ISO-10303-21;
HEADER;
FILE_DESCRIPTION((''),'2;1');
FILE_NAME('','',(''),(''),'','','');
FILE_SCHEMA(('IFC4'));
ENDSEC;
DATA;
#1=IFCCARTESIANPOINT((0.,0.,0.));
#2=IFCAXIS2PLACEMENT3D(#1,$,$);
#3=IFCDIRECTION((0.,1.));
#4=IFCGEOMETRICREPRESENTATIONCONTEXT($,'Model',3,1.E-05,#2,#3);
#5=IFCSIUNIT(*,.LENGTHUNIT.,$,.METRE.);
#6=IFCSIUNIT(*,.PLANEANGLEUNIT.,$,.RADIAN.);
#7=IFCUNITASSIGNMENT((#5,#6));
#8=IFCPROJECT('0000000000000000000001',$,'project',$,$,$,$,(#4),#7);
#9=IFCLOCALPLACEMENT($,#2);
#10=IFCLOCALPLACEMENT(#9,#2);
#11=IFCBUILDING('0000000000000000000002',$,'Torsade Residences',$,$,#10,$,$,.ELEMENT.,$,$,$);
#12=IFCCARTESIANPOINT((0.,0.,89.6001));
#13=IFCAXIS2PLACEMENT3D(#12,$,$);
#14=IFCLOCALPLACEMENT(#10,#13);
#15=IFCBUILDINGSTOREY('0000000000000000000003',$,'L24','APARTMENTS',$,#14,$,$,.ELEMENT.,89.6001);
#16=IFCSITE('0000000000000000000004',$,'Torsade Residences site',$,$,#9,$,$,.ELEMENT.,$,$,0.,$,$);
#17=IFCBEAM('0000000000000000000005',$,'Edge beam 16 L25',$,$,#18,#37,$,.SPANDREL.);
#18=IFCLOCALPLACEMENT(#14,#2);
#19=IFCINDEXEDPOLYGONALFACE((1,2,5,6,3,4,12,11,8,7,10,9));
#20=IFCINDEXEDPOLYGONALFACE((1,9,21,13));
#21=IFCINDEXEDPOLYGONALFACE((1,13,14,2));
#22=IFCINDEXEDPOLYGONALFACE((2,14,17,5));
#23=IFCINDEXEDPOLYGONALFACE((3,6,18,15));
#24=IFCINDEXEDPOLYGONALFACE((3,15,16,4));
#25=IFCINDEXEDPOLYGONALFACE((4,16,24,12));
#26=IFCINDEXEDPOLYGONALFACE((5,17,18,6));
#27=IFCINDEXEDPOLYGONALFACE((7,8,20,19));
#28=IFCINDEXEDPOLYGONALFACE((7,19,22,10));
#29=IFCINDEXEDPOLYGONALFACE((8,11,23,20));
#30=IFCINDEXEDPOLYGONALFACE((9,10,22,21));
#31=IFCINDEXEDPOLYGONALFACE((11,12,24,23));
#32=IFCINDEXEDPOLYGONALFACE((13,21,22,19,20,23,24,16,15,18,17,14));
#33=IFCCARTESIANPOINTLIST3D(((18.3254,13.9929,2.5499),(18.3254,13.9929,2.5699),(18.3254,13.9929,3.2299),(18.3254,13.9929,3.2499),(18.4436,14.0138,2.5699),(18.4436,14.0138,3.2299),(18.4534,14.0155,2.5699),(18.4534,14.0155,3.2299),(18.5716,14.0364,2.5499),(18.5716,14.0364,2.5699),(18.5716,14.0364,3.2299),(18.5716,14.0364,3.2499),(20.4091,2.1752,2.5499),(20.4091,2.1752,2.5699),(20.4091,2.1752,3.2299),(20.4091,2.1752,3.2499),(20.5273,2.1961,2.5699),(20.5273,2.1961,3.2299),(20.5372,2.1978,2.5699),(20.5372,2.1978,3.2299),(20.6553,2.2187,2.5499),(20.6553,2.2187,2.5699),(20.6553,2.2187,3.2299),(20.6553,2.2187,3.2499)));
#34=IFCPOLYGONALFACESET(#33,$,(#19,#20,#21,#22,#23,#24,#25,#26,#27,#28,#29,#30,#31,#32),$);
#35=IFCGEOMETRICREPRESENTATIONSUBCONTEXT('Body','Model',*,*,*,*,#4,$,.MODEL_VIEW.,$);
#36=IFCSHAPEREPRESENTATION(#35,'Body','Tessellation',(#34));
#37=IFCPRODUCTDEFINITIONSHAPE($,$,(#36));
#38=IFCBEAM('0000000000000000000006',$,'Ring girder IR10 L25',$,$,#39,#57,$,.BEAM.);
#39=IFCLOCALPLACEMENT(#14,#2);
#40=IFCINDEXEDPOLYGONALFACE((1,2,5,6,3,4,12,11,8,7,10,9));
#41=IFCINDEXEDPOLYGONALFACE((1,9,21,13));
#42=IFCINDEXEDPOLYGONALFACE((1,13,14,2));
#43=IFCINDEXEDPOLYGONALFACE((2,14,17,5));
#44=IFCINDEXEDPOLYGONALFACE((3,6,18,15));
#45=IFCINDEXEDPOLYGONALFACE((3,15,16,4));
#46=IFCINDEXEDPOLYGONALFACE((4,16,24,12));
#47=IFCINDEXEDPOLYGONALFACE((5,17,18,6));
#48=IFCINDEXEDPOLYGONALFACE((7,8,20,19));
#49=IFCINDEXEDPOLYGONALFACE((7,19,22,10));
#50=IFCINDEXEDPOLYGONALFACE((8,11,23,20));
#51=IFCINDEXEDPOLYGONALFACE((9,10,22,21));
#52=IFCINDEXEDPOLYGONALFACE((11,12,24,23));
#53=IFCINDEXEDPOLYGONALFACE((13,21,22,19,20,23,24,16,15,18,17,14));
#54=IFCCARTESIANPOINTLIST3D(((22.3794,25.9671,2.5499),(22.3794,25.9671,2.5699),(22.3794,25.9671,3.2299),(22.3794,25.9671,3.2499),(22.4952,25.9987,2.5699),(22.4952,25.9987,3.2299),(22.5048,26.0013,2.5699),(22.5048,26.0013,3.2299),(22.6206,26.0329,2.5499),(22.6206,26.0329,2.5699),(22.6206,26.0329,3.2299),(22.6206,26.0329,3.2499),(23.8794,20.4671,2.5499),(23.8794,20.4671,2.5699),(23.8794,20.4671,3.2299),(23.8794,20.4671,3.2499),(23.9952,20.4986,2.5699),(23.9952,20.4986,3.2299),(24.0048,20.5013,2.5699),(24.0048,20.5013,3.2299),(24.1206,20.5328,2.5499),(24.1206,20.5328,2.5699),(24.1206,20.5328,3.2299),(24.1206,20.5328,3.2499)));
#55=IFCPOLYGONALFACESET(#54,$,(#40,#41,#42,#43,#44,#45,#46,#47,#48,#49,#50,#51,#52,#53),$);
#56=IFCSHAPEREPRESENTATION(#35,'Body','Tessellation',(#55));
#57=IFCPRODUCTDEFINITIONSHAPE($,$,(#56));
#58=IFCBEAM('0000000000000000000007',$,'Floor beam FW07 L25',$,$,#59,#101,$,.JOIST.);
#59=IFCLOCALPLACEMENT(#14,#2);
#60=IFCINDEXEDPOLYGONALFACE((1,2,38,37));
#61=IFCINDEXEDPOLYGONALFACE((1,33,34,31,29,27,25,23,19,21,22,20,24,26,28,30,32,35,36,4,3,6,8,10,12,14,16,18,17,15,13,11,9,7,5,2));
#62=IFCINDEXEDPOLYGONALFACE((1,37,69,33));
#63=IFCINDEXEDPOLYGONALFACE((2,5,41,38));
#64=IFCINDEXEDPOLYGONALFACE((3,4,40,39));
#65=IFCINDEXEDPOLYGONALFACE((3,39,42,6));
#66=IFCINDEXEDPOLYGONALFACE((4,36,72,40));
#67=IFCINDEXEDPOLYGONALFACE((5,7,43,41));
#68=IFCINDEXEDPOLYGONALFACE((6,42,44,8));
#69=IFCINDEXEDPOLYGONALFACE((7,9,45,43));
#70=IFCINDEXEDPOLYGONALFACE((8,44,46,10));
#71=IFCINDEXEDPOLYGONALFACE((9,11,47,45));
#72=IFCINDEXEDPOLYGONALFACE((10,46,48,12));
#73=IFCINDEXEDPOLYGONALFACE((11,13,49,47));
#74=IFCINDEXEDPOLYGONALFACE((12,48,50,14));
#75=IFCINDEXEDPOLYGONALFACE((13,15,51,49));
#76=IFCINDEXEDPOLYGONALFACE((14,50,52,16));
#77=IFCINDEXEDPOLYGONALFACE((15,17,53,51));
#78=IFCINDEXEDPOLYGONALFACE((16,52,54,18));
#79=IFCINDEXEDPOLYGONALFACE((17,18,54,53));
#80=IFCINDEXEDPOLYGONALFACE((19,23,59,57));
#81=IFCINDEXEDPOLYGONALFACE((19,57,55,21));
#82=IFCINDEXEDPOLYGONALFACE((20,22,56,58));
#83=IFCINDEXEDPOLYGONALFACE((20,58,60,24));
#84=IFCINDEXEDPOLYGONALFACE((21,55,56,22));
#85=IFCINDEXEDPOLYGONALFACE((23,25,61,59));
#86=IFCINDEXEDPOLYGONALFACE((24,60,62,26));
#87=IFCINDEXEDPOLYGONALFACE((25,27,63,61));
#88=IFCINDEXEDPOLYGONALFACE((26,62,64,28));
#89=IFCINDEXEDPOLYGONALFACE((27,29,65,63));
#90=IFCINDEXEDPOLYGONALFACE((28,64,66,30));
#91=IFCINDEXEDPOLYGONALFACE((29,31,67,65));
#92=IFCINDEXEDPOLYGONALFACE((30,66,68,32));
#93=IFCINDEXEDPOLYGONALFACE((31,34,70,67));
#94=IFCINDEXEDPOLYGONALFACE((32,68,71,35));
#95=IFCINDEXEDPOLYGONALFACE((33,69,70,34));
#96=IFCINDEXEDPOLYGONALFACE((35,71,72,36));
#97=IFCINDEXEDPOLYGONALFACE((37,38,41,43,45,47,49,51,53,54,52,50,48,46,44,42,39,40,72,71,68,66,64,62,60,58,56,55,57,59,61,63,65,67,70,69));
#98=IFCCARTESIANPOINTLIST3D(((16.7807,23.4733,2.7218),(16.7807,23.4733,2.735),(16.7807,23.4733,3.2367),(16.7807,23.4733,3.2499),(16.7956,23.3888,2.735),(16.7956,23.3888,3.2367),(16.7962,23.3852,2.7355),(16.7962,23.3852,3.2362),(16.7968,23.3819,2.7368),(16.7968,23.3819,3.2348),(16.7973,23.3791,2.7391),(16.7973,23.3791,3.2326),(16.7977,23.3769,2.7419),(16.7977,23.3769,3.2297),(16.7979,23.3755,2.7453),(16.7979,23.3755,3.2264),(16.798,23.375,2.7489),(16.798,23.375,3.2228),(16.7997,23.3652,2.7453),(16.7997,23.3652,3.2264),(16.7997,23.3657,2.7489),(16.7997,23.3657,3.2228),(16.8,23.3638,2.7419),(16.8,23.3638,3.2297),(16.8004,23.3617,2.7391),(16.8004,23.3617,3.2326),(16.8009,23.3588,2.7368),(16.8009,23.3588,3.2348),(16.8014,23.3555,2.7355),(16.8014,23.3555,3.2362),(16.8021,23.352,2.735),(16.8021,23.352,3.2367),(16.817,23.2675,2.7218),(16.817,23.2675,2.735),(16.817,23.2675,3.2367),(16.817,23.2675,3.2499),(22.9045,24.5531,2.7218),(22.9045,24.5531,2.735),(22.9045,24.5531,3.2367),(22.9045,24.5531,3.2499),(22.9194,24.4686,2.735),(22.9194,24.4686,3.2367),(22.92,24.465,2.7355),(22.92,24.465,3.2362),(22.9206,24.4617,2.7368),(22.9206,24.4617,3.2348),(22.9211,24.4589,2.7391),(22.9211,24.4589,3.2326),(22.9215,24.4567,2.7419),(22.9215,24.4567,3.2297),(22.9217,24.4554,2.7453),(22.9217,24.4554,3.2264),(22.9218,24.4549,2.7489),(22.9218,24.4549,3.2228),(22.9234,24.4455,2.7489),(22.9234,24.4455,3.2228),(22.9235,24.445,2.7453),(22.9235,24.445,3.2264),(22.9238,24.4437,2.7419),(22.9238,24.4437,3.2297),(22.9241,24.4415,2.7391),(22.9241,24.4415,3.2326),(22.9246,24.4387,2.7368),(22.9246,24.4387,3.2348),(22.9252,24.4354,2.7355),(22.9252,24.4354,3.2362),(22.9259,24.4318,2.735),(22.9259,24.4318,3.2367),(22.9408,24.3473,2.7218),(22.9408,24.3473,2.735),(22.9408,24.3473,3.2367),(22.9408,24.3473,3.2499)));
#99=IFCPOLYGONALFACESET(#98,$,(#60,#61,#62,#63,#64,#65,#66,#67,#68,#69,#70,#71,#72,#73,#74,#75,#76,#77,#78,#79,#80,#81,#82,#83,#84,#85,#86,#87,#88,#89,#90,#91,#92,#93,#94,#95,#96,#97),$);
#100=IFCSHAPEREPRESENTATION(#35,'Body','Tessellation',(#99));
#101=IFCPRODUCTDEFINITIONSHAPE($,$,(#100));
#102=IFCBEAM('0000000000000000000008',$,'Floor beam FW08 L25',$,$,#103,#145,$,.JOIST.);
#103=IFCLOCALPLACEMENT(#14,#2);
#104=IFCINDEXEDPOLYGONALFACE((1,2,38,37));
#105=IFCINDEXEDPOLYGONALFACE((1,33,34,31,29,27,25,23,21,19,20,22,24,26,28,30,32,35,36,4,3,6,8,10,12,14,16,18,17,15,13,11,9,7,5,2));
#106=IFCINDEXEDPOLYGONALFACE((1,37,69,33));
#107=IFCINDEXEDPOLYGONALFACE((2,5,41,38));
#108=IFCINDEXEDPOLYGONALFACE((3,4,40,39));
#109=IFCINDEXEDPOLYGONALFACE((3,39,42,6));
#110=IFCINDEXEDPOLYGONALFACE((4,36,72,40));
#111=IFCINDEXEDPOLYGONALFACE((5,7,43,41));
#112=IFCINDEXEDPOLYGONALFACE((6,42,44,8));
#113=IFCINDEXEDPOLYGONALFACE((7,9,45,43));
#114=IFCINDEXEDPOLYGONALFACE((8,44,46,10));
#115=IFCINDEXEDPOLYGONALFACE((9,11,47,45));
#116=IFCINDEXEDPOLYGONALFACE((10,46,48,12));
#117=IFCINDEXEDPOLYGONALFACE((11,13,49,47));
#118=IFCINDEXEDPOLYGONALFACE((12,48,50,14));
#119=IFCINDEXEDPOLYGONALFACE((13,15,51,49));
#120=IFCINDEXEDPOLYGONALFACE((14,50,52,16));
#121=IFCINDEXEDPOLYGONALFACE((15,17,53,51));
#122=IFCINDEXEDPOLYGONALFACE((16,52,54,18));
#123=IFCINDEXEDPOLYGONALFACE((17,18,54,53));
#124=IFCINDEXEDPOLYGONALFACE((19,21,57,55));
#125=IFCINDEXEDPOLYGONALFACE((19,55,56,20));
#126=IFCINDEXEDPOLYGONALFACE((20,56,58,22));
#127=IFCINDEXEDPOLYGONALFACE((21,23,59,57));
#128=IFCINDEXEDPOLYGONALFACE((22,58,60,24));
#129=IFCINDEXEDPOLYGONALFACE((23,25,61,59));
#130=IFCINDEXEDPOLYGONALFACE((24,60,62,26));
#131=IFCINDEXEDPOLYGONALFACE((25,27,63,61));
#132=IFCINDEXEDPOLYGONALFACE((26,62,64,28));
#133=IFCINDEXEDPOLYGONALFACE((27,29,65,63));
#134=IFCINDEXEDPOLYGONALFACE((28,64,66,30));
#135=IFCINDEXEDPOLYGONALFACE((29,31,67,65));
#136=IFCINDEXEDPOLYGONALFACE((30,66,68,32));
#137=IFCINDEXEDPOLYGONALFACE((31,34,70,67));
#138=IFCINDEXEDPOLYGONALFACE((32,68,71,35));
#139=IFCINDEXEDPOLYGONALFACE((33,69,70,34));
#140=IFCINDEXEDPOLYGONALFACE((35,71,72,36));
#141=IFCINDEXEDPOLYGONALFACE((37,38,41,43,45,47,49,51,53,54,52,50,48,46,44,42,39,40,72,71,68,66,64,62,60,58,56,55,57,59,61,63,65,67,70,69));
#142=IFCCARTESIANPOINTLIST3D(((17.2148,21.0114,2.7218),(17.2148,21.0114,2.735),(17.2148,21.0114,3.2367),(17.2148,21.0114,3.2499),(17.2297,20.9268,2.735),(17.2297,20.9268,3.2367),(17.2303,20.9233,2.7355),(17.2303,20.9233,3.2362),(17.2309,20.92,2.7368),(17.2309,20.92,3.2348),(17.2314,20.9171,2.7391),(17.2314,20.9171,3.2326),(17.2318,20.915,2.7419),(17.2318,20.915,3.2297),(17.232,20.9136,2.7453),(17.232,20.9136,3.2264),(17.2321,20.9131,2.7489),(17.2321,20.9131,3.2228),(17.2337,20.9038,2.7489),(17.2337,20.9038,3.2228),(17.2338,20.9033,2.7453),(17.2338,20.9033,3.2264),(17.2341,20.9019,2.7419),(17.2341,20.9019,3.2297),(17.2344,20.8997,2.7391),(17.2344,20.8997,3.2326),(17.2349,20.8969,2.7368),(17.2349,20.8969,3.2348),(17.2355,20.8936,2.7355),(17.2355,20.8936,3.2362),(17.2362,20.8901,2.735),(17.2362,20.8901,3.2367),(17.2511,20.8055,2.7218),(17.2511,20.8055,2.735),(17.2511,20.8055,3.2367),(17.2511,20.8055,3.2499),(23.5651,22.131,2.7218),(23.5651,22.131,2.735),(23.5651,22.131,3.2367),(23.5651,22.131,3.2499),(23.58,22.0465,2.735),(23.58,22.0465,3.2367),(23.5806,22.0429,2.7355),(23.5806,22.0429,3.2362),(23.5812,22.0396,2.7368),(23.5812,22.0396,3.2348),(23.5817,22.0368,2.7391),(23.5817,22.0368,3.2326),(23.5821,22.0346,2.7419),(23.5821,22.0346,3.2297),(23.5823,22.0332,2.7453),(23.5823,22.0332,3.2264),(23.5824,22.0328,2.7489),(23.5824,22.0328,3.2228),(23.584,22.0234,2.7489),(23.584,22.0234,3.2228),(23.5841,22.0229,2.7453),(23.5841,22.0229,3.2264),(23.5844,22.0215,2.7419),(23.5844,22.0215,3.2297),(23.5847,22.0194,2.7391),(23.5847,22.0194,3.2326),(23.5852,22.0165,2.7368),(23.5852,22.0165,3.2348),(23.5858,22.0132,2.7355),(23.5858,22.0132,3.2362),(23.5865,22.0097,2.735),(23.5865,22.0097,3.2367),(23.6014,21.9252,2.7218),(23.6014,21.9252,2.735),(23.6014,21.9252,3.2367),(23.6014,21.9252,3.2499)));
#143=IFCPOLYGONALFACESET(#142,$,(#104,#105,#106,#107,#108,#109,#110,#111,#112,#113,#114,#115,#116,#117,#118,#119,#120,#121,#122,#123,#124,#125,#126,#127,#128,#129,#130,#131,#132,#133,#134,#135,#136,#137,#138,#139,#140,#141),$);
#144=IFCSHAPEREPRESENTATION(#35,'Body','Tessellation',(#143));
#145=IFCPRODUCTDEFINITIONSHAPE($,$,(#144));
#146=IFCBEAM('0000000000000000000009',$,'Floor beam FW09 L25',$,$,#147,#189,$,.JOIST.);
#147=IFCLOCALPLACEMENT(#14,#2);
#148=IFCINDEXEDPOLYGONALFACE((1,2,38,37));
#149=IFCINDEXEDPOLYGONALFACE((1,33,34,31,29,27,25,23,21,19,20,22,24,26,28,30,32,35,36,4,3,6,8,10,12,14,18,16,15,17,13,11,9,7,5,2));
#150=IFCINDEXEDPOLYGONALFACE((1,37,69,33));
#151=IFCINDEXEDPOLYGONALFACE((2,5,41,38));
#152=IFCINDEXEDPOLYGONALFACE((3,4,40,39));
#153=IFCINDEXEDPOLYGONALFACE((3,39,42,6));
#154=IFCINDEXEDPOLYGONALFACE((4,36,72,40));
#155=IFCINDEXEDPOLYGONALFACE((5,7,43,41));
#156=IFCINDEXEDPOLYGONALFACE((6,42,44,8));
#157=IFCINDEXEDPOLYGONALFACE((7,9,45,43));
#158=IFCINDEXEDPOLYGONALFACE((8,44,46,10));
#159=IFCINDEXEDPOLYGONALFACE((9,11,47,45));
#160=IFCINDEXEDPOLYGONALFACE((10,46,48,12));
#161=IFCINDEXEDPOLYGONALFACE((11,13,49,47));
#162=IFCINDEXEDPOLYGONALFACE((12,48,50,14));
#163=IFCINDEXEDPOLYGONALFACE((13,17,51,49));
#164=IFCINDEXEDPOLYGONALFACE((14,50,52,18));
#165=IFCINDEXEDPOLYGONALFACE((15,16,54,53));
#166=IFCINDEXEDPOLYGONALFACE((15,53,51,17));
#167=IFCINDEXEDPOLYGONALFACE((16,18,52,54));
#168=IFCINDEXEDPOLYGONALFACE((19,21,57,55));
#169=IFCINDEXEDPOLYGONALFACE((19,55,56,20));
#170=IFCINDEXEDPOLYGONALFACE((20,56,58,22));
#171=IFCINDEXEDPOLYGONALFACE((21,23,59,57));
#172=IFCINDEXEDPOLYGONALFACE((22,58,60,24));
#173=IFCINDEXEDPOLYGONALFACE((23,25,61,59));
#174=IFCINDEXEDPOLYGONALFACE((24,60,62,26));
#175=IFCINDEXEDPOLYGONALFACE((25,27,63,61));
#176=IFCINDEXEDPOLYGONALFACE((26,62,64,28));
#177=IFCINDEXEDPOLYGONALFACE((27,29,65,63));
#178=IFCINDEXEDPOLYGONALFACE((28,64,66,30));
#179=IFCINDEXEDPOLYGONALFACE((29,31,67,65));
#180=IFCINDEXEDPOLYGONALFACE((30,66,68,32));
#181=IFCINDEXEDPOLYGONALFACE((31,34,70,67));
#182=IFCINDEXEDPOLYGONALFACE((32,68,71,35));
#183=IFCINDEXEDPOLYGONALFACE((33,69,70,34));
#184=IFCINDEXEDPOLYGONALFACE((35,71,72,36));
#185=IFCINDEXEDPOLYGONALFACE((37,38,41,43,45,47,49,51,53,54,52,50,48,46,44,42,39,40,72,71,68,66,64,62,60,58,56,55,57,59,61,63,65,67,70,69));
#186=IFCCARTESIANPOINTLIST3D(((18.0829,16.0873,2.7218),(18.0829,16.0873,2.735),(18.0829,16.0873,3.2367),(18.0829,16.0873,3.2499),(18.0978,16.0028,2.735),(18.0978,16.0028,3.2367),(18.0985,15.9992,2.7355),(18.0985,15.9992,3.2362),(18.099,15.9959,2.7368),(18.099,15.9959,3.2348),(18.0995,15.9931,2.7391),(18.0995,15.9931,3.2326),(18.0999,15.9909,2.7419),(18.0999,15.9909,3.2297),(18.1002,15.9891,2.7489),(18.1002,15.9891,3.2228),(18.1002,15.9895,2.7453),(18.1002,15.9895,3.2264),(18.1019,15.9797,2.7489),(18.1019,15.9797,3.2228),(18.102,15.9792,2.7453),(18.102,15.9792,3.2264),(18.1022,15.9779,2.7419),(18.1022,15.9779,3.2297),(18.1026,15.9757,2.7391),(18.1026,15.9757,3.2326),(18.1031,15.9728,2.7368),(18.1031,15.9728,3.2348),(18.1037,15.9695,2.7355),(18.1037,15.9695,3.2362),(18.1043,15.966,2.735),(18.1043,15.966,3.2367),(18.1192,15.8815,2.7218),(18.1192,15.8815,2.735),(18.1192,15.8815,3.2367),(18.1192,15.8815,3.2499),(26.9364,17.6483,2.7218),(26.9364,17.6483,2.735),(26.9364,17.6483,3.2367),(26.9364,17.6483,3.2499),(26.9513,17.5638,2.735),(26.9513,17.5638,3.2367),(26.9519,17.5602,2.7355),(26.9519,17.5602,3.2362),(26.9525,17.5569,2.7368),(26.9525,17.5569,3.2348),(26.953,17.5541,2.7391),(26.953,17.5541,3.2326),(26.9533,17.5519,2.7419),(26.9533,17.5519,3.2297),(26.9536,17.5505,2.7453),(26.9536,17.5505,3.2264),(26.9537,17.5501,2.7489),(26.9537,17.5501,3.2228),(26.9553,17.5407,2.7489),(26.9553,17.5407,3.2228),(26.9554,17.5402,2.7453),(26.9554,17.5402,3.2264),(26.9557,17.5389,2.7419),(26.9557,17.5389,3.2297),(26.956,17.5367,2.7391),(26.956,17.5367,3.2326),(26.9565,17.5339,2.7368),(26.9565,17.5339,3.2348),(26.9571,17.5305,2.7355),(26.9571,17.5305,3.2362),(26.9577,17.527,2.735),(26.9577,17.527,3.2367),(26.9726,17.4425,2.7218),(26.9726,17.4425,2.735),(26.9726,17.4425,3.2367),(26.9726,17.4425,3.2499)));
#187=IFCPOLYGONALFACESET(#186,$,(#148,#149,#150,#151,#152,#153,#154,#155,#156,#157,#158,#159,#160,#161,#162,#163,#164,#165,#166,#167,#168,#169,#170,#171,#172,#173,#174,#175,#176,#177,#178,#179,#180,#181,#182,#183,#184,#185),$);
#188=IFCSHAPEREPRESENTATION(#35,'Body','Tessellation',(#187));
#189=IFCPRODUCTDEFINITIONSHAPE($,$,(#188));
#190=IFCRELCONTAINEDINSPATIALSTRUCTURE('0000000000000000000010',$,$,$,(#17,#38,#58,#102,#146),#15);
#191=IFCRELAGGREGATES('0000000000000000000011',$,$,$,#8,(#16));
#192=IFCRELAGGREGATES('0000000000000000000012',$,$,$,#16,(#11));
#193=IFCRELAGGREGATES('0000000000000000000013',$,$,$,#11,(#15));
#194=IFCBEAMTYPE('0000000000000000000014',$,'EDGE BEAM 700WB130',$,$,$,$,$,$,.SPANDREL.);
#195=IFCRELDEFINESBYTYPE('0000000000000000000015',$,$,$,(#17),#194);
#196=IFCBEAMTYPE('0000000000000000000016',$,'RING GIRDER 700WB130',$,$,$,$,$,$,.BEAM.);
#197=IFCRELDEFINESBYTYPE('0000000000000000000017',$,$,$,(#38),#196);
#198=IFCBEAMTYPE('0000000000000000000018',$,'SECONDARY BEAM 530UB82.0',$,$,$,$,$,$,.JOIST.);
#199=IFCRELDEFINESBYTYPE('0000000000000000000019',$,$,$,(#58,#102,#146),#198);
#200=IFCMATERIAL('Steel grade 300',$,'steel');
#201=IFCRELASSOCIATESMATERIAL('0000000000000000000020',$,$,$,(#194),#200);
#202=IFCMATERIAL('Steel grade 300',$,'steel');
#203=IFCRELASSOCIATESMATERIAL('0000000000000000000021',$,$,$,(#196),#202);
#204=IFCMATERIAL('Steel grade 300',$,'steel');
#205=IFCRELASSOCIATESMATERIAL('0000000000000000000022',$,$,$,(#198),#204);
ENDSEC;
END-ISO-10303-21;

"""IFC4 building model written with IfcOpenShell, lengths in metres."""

from ifc_helpers import new_model, si_unit, direction, frame, origin, origin_2d, place, context, subcontext, project, spatial, i_section, extrude, material, material_profile, profile_set, type_object, element, save


model = new_model("IFC4")

# Units and contexts
model_context = context("Model", 3, precision=1e-05, world=origin(), true_north=direction((0.0, 1.0)))
body_context = subcontext(model_context, "Body", "Model", "MODEL_VIEW")
ifc_project = project(units=[si_unit("LENGTHUNIT", "METRE"), si_unit("PLANEANGLEUNIT", "RADIAN")], contexts=[model_context])

# Site, building, storey
site_placement = place(None, origin())
site = spatial("IfcSite", under=ifc_project, at=site_placement, Name="Torsade Residences site", CompositionType="ELEMENT", RefElevation=0.0)
building_placement = place(site_placement, origin())
building = spatial("IfcBuilding", under=site, at=building_placement, Name="Torsade Residences", CompositionType="ELEMENT")
storey_placement = place(building_placement, frame((0.0, 0.0, 89.6001)))
storey = spatial("IfcBuildingStorey", under=building, at=storey_placement, Name="L24", Description="APARTMENTS", CompositionType="ELEMENT", Elevation=89.6001)

# Beams
ifc_material_1 = material(Name="Steel grade 300", Category="steel")
ifc_material_profile_1 = material_profile(ifc_material_1, i_section(OverallWidth=0.25, OverallDepth=0.7, WebThickness=0.01, FlangeThickness=0.02, at=origin_2d()), Name="700WB130")
ifc_profile_set_1 = profile_set([ifc_material_profile_1], Name="Steel grade 300")
beam_type_1 = type_object("IfcBeamType", Name="EDGE BEAM 700WB130", PredefinedType="SPANDREL", material=ifc_profile_set_1)
beam_1_placement = place(storey_placement, frame((18.4485, 14.0146, 2.8999), z_axis=(0.173646, -0.984808, 0.0), x_axis=(0.984808, 0.173646, 0.0)))
element("IfcBeam", 1, at=beam_1_placement, inside=storey, type_object=beam_type_1, Name="Edge beam 16 L25", PredefinedType="SPANDREL", context=body_context, shape_type="SweptSolid", body=[
    extrude(i_section(OverallWidth=0.25, OverallDepth=0.7, WebThickness=0.01, FlangeThickness=0.02, at=origin_2d()), origin(), (0.0, 0.0, 1.0), 12.0),
])
ifc_material_2 = material(Name="Steel grade 300", Category="steel")
ifc_material_profile_2 = material_profile(ifc_material_2, i_section(OverallWidth=0.25, OverallDepth=0.7, WebThickness=0.01, FlangeThickness=0.02, at=origin_2d()), Name="700WB130")
ifc_profile_set_2 = profile_set([ifc_material_profile_2], Name="Steel grade 300")
beam_type_2 = type_object("IfcBeamType", Name="RING GIRDER 700WB130", PredefinedType="BEAM", material=ifc_profile_set_2)
beam_2_placement = place(storey_placement, frame((22.5, 26.0, 2.8999), z_axis=(0.263117, -0.964764, 0.0), x_axis=(0.964764, 0.263117, 0.0)))
element("IfcBeam", 2, at=beam_2_placement, inside=storey, type_object=beam_type_2, Name="Ring girder IR10 L25", PredefinedType="BEAM", context=body_context, shape_type="SweptSolid", body=[
    extrude(i_section(OverallWidth=0.25, OverallDepth=0.7, WebThickness=0.01, FlangeThickness=0.02, at=origin_2d()), origin(), (0.0, 0.0, 1.0), 5.7009),
])
ifc_material_3 = material(Name="Steel grade 300", Category="steel")
ifc_material_profile_3 = material_profile(ifc_material_3, i_section(OverallWidth=0.209, OverallDepth=0.5281, WebThickness=0.0095, FlangeThickness=0.0132, FilletRadius=0.0139, at=origin_2d()), Name="530UB82.0")
ifc_profile_set_3 = profile_set([ifc_material_profile_3], Name="Steel grade 300")
beam_type_3 = type_object("IfcBeamType", Name="SECONDARY BEAM 530UB82.0", PredefinedType="JOIST", material=ifc_profile_set_3)
beam_3_placement = place(storey_placement, frame((16.7988, 23.3704, 2.9858), z_axis=(0.984806, 0.173655, 0.0), x_axis=(-0.173655, 0.984806, 0.0)))
element("IfcBeam", 3, at=beam_3_placement, inside=storey, type_object=beam_type_3, Name="Floor beam FW07 L25", PredefinedType="JOIST", context=body_context, shape_type="SweptSolid", body=[
    extrude(i_section(OverallWidth=0.209, OverallDepth=0.5281, WebThickness=0.0095, FlangeThickness=0.0132, FilletRadius=0.0139, at=origin_2d()), origin(), (0.0, 0.0, 1.0), 6.2183),
])
beam_4_placement = place(storey_placement, frame((17.2329, 20.9084, 2.9858), z_axis=(0.984811, 0.173632, 0.0), x_axis=(-0.173632, 0.984811, 0.0)))
element("IfcBeam", 4, at=beam_4_placement, inside=storey, type_object=beam_type_3, Name="Floor beam FW08 L25", PredefinedType="JOIST", context=body_context, shape_type="SweptSolid", body=[
    extrude(i_section(OverallWidth=0.209, OverallDepth=0.5281, WebThickness=0.0095, FlangeThickness=0.0132, FilletRadius=0.0139, at=origin_2d()), origin(), (0.0, 0.0, 1.0), 6.4482),
])
beam_5_placement = place(storey_placement, frame((18.1011, 15.9844, 2.9858), z_axis=(0.984809, 0.17364, 0.0), x_axis=(-0.17364, 0.984809, 0.0)))
element("IfcBeam", 5, at=beam_5_placement, inside=storey, type_object=beam_type_3, Name="Floor beam FW09 L25", PredefinedType="JOIST", context=body_context, shape_type="SweptSolid", body=[
    extrude(i_section(OverallWidth=0.209, OverallDepth=0.5281, WebThickness=0.0095, FlangeThickness=0.0132, FilletRadius=0.0139, at=origin_2d()), origin(), (0.0, 0.0, 1.0), 8.99),
])

save(model, "model.ifc")
